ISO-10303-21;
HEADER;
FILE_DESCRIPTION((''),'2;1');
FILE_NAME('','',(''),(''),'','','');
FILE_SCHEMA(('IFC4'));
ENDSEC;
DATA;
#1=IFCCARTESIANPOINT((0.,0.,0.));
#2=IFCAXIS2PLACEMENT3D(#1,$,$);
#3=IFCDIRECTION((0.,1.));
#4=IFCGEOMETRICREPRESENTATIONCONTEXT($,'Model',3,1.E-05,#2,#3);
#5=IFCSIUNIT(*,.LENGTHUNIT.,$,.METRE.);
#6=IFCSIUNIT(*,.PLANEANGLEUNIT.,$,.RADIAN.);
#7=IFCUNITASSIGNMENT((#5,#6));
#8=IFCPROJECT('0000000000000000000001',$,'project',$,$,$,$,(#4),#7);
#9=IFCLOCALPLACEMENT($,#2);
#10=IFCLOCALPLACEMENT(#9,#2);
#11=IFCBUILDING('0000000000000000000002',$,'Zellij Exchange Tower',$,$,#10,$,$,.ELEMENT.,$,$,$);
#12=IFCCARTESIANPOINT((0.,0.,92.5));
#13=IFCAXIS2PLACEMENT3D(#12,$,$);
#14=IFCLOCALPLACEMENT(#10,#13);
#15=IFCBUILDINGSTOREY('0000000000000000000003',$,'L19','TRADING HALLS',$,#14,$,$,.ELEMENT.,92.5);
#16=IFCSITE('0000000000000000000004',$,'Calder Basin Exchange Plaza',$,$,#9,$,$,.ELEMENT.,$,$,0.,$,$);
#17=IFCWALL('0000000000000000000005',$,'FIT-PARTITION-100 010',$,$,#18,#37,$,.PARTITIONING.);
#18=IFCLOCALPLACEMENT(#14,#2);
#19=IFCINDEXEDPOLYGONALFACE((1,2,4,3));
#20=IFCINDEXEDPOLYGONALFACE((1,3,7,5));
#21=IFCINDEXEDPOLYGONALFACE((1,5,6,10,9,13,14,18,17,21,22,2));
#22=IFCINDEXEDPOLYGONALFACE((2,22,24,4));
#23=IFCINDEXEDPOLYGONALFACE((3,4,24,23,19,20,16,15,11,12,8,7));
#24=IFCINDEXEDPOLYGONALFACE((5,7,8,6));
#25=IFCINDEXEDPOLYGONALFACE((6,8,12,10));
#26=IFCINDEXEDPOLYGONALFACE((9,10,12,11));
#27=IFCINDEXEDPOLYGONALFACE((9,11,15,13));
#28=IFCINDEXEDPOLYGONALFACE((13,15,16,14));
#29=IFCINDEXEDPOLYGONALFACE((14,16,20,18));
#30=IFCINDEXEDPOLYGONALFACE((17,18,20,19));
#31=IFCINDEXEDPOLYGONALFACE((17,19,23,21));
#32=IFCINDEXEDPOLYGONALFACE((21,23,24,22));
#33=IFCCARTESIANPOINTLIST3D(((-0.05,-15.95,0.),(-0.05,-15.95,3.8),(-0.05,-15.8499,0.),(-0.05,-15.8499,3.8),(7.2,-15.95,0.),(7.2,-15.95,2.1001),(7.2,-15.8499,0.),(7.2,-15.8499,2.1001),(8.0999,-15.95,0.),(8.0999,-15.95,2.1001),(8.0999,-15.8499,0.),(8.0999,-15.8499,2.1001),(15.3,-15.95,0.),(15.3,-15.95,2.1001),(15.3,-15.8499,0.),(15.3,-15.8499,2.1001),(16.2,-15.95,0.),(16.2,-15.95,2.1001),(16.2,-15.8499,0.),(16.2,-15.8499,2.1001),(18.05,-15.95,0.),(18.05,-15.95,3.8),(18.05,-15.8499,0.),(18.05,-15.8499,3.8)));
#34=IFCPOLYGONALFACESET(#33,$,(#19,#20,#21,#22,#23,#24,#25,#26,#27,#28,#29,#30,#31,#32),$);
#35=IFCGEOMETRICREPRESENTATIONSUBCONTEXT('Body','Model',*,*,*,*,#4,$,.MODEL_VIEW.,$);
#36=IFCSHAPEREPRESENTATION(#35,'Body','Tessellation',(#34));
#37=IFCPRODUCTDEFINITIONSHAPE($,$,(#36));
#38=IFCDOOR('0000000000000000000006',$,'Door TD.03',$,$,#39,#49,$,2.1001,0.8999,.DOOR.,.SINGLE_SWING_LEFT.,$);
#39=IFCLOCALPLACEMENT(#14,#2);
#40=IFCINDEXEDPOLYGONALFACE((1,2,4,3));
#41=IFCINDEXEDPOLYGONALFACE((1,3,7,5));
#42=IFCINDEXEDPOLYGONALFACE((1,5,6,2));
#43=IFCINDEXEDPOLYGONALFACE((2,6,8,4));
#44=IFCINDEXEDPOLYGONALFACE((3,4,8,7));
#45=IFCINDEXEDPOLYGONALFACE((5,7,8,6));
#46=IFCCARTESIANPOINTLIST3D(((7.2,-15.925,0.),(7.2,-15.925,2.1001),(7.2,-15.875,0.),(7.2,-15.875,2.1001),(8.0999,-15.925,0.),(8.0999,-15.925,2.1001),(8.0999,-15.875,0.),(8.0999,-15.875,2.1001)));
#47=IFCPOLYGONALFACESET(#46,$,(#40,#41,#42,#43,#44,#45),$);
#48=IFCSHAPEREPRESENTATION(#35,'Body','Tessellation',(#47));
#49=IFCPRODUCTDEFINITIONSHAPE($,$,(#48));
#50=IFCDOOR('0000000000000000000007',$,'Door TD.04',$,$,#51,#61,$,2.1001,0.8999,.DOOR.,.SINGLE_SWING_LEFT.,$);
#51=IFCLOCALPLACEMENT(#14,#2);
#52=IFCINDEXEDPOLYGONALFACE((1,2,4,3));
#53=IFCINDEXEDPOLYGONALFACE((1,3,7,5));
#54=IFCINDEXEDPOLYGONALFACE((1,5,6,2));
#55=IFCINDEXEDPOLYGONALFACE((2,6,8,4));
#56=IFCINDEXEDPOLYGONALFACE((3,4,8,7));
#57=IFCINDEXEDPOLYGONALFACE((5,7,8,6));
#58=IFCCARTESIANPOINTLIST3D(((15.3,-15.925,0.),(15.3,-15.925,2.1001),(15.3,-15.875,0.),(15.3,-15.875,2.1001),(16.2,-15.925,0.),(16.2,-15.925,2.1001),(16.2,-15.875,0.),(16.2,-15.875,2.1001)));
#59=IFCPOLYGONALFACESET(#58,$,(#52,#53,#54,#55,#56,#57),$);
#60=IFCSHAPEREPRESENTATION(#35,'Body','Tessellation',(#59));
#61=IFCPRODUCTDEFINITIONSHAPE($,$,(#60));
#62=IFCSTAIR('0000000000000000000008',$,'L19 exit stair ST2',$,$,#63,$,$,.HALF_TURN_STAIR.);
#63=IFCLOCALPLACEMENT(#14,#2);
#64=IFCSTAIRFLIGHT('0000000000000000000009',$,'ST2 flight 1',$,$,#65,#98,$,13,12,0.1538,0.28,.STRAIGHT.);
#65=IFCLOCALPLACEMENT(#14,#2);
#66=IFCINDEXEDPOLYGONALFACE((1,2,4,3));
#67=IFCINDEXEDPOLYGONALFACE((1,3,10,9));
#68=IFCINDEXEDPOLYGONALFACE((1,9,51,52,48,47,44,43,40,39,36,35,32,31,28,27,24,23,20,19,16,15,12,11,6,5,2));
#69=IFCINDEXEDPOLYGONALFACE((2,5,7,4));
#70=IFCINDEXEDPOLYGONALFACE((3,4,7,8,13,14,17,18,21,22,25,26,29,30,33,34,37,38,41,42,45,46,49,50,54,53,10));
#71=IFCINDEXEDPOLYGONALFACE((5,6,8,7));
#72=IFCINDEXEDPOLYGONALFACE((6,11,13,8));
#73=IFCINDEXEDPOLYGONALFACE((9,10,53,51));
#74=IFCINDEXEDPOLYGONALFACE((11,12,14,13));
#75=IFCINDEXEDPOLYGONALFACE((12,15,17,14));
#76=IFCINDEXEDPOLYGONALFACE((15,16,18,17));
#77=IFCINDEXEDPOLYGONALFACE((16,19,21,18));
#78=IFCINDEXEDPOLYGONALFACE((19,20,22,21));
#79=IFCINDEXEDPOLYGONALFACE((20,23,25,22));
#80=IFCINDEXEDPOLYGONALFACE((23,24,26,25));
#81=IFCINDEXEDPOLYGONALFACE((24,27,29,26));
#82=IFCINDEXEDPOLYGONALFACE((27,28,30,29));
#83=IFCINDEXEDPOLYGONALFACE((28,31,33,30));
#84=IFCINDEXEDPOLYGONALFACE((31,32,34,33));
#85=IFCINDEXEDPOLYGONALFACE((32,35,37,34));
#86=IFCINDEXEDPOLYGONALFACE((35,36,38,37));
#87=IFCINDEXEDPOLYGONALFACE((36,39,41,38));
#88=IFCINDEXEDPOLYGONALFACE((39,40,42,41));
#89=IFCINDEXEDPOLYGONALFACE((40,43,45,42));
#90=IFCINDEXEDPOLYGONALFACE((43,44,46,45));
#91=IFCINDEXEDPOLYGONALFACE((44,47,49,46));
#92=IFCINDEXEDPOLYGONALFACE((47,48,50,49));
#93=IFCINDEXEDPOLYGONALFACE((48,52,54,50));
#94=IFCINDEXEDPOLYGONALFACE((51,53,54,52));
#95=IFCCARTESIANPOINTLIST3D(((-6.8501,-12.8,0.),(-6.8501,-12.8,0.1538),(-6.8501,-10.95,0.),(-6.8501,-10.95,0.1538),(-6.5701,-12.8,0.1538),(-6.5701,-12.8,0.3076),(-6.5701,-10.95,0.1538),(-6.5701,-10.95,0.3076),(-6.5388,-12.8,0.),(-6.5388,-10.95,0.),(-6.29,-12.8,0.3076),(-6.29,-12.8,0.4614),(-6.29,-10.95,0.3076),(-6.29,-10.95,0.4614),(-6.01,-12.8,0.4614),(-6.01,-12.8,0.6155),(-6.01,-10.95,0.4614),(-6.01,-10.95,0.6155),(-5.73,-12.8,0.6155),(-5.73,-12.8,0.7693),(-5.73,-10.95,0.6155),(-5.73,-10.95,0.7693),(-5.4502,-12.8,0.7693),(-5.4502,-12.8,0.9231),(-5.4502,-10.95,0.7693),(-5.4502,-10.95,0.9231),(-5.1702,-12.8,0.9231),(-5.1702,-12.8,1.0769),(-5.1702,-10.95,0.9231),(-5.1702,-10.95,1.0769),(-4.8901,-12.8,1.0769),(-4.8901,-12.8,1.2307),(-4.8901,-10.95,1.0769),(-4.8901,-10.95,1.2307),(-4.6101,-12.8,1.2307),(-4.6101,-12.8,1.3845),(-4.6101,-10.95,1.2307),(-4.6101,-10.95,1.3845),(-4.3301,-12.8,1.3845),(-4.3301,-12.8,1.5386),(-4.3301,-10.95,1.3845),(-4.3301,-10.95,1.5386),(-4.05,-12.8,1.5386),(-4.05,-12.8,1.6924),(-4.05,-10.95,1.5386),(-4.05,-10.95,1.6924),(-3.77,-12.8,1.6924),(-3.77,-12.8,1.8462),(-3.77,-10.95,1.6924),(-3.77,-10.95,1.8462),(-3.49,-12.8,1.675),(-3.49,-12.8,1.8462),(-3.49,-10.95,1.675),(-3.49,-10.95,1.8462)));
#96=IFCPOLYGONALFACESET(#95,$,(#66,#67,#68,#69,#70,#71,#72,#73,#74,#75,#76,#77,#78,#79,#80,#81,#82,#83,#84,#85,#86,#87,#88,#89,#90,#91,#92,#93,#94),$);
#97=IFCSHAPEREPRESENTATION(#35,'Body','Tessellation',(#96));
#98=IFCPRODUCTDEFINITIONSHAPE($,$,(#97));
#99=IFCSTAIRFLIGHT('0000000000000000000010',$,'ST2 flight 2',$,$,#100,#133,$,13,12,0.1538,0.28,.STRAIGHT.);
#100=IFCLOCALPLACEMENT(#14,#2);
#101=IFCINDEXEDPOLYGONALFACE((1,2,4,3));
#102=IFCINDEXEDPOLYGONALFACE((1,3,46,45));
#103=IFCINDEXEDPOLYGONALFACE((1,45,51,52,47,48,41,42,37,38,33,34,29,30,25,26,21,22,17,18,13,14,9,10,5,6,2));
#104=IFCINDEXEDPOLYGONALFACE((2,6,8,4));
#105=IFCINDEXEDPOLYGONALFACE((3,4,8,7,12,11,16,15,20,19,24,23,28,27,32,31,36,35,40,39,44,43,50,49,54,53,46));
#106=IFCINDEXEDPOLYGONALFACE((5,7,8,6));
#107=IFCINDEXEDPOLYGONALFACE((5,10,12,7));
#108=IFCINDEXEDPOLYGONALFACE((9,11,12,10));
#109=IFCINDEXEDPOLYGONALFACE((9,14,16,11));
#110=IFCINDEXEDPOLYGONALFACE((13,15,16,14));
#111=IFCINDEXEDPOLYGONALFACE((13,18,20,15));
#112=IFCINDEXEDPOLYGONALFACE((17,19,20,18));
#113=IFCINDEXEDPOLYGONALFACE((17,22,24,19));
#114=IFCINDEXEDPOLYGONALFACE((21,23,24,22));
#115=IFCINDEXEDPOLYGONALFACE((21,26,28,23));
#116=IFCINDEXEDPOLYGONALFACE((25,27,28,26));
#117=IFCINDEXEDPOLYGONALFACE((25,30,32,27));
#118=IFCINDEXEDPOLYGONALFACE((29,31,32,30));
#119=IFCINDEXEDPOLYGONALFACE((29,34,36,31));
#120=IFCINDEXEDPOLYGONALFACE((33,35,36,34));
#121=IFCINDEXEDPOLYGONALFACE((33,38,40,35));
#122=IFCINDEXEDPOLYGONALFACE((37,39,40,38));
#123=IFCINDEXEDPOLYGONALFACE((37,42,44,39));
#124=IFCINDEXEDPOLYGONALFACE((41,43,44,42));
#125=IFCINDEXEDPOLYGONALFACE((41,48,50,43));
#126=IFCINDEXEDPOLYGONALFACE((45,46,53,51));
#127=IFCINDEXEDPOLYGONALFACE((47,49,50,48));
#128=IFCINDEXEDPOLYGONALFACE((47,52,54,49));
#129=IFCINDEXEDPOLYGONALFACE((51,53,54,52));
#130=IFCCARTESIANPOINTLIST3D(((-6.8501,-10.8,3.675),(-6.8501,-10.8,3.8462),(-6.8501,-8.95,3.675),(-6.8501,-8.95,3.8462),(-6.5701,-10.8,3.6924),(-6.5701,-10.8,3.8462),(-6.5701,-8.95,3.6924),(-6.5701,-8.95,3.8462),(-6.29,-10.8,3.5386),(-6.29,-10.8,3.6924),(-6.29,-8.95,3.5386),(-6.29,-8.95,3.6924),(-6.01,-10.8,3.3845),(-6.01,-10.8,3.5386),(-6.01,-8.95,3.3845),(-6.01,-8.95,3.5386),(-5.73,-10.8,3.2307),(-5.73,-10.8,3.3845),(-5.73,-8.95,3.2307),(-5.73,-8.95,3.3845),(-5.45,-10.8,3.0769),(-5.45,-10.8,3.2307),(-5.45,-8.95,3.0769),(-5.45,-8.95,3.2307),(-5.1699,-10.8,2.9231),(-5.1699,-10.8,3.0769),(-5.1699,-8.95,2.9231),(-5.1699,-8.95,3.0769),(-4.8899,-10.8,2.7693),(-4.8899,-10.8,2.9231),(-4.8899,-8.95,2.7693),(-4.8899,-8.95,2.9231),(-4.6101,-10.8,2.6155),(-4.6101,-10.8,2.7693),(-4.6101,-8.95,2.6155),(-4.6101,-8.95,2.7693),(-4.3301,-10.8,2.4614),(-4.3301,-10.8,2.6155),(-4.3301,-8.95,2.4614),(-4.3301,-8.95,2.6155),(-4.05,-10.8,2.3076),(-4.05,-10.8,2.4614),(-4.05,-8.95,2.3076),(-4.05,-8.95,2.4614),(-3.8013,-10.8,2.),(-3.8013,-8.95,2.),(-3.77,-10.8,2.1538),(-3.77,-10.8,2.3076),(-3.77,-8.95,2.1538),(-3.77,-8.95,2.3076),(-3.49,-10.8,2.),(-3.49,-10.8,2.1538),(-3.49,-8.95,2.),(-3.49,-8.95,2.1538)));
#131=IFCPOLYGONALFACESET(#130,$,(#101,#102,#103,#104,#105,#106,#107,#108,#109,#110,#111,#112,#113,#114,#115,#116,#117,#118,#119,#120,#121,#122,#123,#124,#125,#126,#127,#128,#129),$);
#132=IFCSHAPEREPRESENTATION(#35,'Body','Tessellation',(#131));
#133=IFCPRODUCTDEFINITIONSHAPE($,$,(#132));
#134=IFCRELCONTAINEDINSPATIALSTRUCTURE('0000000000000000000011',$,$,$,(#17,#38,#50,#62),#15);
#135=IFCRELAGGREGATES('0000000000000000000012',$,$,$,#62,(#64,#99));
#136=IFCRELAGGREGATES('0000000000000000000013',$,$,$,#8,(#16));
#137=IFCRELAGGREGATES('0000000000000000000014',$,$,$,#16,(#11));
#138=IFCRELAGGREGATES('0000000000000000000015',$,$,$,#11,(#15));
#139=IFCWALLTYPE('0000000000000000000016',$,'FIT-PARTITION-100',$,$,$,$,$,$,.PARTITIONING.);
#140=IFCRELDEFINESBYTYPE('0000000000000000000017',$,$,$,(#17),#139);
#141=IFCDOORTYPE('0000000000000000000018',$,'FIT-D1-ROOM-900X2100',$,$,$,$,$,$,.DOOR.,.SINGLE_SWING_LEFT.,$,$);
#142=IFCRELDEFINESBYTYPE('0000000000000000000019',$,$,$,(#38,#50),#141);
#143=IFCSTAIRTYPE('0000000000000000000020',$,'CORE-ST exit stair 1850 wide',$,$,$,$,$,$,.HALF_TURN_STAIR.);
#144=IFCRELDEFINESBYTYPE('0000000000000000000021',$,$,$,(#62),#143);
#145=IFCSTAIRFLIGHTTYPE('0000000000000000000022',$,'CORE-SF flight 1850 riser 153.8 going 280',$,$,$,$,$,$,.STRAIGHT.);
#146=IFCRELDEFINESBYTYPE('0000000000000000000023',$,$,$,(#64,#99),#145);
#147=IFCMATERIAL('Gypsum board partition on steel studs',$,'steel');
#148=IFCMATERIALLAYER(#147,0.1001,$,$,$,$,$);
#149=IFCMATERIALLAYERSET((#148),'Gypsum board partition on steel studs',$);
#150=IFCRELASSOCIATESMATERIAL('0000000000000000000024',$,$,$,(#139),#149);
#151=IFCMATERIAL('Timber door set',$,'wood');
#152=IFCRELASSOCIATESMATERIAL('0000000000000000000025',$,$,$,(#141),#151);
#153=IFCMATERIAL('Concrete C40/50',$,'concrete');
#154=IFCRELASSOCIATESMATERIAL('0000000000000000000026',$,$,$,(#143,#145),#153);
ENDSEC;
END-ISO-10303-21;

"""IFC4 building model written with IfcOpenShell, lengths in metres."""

from ifc_helpers import new_model, si_unit, direction, frame, frame_2d, origin, place, context, subcontext, project, spatial, polyline, rectangle, outline, extrude, material, layer, layer_set, type_object, element, fill, aggregate, save


model = new_model("IFC4")

# Units and contexts
model_context = context("Model", 3, precision=1e-05, world=origin(), true_north=direction((0.0, 1.0)))
body_context = subcontext(model_context, "Body", "Model", "MODEL_VIEW")
ifc_project = project(units=[si_unit("LENGTHUNIT", "METRE"), si_unit("PLANEANGLEUNIT", "RADIAN")], contexts=[model_context])

# Site, building, storey
site_placement = place(None, origin())
site = spatial("IfcSite", under=ifc_project, at=site_placement, Name="Calder Basin Exchange Plaza", CompositionType="ELEMENT", RefElevation=0.0)
building_placement = place(site_placement, origin())
building = spatial("IfcBuilding", under=site, at=building_placement, Name="Zellij Exchange Tower", CompositionType="ELEMENT")
storey_placement = place(building_placement, frame((0.0, 0.0, 92.5)))
storey = spatial("IfcBuildingStorey", under=building, at=storey_placement, Name="L19", Description="TRADING HALLS", CompositionType="ELEMENT", Elevation=92.5)

# Shared definitions
ifc_material_1 = material(Name="Gypsum board partition on steel studs", Category="steel")
ifc_layer_1 = layer(ifc_material_1, 0.1001)
ifc_layer_set_1 = layer_set([ifc_layer_1], Name="Gypsum board partition on steel studs")
wall_type_1 = type_object("IfcWallType", Name="FIT-PARTITION-100", PredefinedType="PARTITIONING", material=ifc_layer_set_1)

# Wall, openings, doors
wall_1_placement = place(storey_placement, frame((-0.05, -15.8999, 0.0), z_axis=(0.0, 0.0, 1.0), x_axis=(1.0, 0.0, 0.0)))
wall_1 = element("IfcWall", 1, at=wall_1_placement, inside=storey, type_object=wall_type_1, Name="FIT-PARTITION-100 010", PredefinedType="PARTITIONING", context=body_context, shape_type="SweptSolid", body=[
    extrude(rectangle(XDim=18.1001, YDim=0.1001, at=frame_2d((9.05, 0.0))), origin(), (0.0, 0.0, 1.0), 3.8),
])
opening_1_placement = place(wall_1_placement, frame((7.25, 0.0, 0.0)))
opening_1 = element("IfcOpeningElement", 2, at=opening_1_placement, cuts=wall_1, PredefinedType="OPENING", context=body_context, shape_type="SweptSolid", body=[
    extrude(rectangle(XDim=0.8999, YDim=2.1001, at=frame_2d((0.45, 1.05))), frame((0.0, 0.062, 0.0), z_axis=(0.0, -1.0, 0.0), x_axis=(1.0, 0.0, 0.0)), (0.0, 0.0, 1.0), 0.124),
])
opening_2_placement = place(wall_1_placement, frame((15.3501, 0.0, 0.0)))
opening_2 = element("IfcOpeningElement", 3, at=opening_2_placement, cuts=wall_1, PredefinedType="OPENING", context=body_context, shape_type="SweptSolid", body=[
    extrude(rectangle(XDim=0.8999, YDim=2.1001, at=frame_2d((0.45, 1.05))), frame((0.0, 0.062, 0.0), z_axis=(0.0, -1.0, 0.0), x_axis=(1.0, 0.0, 0.0)), (0.0, 0.0, 1.0), 0.124),
])
ifc_material_2 = material(Name="Timber door set", Category="wood")
door_type_1 = type_object("IfcDoorType", Name="FIT-D1-ROOM-900X2100", OperationType="SINGLE_SWING_LEFT", PredefinedType="DOOR", material=ifc_material_2)
door_1_placement = place(opening_1_placement, origin())
door_1 = element("IfcDoor", 4, at=door_1_placement, inside=storey, type_object=door_type_1, Name="Door TD.03", OperationType="SINGLE_SWING_LEFT", OverallHeight=2.1001, OverallWidth=0.8999, PredefinedType="DOOR", context=body_context, shape_type="SweptSolid", body=[
    extrude(rectangle(XDim=0.8999, YDim=2.1001, at=frame_2d((0.45, 1.05))), frame((0.0, 0.0249, 0.0), z_axis=(0.0, -1.0, 0.0), x_axis=(1.0, 0.0, 0.0)), (0.0, 0.0, 1.0), 0.05),
])
fill(opening_1, door_1)
door_2_placement = place(opening_2_placement, origin())
door_2 = element("IfcDoor", 5, at=door_2_placement, inside=storey, type_object=door_type_1, Name="Door TD.04", OperationType="SINGLE_SWING_LEFT", OverallHeight=2.1001, OverallWidth=0.8999, PredefinedType="DOOR", context=body_context, shape_type="SweptSolid", body=[
    extrude(rectangle(XDim=0.8999, YDim=2.1001, at=frame_2d((0.45, 1.05))), frame((0.0, 0.0249, 0.0), z_axis=(0.0, -1.0, 0.0), x_axis=(1.0, 0.0, 0.0)), (0.0, 0.0, 1.0), 0.05),
])
fill(opening_2, door_2)

# Stair, stair flights
ifc_material_3 = material(Name="Concrete C40/50", Category="concrete")
stair_type = type_object("IfcStairType", Name="CORE-ST exit stair 1850 wide", PredefinedType="HALF_TURN_STAIR", material=ifc_material_3)
stair_placement = place(storey_placement, origin())
stair = element("IfcStair", 6, at=stair_placement, inside=storey, type_object=stair_type, Name="L19 exit stair ST2", PredefinedType="HALF_TURN_STAIR")
stair_flight_type = type_object("IfcStairFlightType", Name="CORE-SF flight 1850 riser 153.8 going 280", PredefinedType="STRAIGHT", material=ifc_material_3)
stair_flight_1_placement = place(storey_placement, frame((-6.8501, -11.875, 0.0), z_axis=(0.0, 0.0, 1.0), x_axis=(1.0, 0.0, 0.0)))
stair_flight_1 = element("IfcStairFlight", 7, at=stair_flight_1_placement, type_object=stair_flight_type, Name="ST2 flight 1", NumberOfRisers=13, NumberOfTreads=12, PredefinedType="STRAIGHT", RiserHeight=0.1538, TreadLength=0.28, context=body_context, shape_type="SweptSolid", body=[
    extrude(outline(polyline([(0.0, 0.0), (0.0, 0.1538), (0.28, 0.1538), (0.28, 0.3076), (0.5601, 0.3076), (0.5601, 0.4614), (0.8401, 0.4614), (0.8401, 0.6155), (1.1201, 0.6155), (1.1201, 0.7693), (1.3999, 0.7693), (1.3999, 0.9231), (1.6799, 0.9231), (1.6799, 1.0769), (1.96, 1.0769), (1.96, 1.2307), (2.24, 1.2307), (2.24, 1.3845), (2.52, 1.3845), (2.52, 1.5386), (2.8, 1.5386), (2.8, 1.6924), (3.0801, 1.6924), (3.0801, 1.8462), (3.3601, 1.8462), (3.3601, 2.0), (3.3601, 1.675), (0.3113, 0.0), (0.0, 0.0)])), frame((0.0, 0.925, 0.0), z_axis=(0.0, -1.0, 0.0), x_axis=(1.0, 0.0, 0.0)), (0.0, 0.0, 1.0), 1.8501),
])
stair_flight_2_placement = place(storey_placement, frame((-3.49, -9.875, 2.0), z_axis=(0.0, 0.0, 1.0), x_axis=(-1.0, 0.0, 0.0)))
stair_flight_2 = element("IfcStairFlight", 8, at=stair_flight_2_placement, type_object=stair_flight_type, Name="ST2 flight 2", NumberOfRisers=13, NumberOfTreads=12, PredefinedType="STRAIGHT", RiserHeight=0.1538, TreadLength=0.28, context=body_context, shape_type="SweptSolid", body=[
    extrude(outline(polyline([(0.0, 0.0), (0.0, 0.1538), (0.28, 0.1538), (0.28, 0.3076), (0.5601, 0.3076), (0.5601, 0.4614), (0.8401, 0.4614), (0.8401, 0.6155), (1.1201, 0.6155), (1.1201, 0.7693), (1.3999, 0.7693), (1.3999, 0.9231), (1.6799, 0.9231), (1.6799, 1.0769), (1.96, 1.0769), (1.96, 1.2307), (2.24, 1.2307), (2.24, 1.3845), (2.52, 1.3845), (2.52, 1.5386), (2.8, 1.5386), (2.8, 1.6924), (3.0801, 1.6924), (3.0801, 1.8462), (3.3601, 1.8462), (3.3601, 2.0), (3.3601, 1.675), (0.3113, 0.0), (0.0, 0.0)])), frame((0.0, 0.925, 0.0), z_axis=(0.0, -1.0, 0.0), x_axis=(1.0, 0.0, 0.0)), (0.0, 0.0, 1.0), 1.8501),
])
aggregate(stair, [stair_flight_1, stair_flight_2])

save(model, "model.ifc")
